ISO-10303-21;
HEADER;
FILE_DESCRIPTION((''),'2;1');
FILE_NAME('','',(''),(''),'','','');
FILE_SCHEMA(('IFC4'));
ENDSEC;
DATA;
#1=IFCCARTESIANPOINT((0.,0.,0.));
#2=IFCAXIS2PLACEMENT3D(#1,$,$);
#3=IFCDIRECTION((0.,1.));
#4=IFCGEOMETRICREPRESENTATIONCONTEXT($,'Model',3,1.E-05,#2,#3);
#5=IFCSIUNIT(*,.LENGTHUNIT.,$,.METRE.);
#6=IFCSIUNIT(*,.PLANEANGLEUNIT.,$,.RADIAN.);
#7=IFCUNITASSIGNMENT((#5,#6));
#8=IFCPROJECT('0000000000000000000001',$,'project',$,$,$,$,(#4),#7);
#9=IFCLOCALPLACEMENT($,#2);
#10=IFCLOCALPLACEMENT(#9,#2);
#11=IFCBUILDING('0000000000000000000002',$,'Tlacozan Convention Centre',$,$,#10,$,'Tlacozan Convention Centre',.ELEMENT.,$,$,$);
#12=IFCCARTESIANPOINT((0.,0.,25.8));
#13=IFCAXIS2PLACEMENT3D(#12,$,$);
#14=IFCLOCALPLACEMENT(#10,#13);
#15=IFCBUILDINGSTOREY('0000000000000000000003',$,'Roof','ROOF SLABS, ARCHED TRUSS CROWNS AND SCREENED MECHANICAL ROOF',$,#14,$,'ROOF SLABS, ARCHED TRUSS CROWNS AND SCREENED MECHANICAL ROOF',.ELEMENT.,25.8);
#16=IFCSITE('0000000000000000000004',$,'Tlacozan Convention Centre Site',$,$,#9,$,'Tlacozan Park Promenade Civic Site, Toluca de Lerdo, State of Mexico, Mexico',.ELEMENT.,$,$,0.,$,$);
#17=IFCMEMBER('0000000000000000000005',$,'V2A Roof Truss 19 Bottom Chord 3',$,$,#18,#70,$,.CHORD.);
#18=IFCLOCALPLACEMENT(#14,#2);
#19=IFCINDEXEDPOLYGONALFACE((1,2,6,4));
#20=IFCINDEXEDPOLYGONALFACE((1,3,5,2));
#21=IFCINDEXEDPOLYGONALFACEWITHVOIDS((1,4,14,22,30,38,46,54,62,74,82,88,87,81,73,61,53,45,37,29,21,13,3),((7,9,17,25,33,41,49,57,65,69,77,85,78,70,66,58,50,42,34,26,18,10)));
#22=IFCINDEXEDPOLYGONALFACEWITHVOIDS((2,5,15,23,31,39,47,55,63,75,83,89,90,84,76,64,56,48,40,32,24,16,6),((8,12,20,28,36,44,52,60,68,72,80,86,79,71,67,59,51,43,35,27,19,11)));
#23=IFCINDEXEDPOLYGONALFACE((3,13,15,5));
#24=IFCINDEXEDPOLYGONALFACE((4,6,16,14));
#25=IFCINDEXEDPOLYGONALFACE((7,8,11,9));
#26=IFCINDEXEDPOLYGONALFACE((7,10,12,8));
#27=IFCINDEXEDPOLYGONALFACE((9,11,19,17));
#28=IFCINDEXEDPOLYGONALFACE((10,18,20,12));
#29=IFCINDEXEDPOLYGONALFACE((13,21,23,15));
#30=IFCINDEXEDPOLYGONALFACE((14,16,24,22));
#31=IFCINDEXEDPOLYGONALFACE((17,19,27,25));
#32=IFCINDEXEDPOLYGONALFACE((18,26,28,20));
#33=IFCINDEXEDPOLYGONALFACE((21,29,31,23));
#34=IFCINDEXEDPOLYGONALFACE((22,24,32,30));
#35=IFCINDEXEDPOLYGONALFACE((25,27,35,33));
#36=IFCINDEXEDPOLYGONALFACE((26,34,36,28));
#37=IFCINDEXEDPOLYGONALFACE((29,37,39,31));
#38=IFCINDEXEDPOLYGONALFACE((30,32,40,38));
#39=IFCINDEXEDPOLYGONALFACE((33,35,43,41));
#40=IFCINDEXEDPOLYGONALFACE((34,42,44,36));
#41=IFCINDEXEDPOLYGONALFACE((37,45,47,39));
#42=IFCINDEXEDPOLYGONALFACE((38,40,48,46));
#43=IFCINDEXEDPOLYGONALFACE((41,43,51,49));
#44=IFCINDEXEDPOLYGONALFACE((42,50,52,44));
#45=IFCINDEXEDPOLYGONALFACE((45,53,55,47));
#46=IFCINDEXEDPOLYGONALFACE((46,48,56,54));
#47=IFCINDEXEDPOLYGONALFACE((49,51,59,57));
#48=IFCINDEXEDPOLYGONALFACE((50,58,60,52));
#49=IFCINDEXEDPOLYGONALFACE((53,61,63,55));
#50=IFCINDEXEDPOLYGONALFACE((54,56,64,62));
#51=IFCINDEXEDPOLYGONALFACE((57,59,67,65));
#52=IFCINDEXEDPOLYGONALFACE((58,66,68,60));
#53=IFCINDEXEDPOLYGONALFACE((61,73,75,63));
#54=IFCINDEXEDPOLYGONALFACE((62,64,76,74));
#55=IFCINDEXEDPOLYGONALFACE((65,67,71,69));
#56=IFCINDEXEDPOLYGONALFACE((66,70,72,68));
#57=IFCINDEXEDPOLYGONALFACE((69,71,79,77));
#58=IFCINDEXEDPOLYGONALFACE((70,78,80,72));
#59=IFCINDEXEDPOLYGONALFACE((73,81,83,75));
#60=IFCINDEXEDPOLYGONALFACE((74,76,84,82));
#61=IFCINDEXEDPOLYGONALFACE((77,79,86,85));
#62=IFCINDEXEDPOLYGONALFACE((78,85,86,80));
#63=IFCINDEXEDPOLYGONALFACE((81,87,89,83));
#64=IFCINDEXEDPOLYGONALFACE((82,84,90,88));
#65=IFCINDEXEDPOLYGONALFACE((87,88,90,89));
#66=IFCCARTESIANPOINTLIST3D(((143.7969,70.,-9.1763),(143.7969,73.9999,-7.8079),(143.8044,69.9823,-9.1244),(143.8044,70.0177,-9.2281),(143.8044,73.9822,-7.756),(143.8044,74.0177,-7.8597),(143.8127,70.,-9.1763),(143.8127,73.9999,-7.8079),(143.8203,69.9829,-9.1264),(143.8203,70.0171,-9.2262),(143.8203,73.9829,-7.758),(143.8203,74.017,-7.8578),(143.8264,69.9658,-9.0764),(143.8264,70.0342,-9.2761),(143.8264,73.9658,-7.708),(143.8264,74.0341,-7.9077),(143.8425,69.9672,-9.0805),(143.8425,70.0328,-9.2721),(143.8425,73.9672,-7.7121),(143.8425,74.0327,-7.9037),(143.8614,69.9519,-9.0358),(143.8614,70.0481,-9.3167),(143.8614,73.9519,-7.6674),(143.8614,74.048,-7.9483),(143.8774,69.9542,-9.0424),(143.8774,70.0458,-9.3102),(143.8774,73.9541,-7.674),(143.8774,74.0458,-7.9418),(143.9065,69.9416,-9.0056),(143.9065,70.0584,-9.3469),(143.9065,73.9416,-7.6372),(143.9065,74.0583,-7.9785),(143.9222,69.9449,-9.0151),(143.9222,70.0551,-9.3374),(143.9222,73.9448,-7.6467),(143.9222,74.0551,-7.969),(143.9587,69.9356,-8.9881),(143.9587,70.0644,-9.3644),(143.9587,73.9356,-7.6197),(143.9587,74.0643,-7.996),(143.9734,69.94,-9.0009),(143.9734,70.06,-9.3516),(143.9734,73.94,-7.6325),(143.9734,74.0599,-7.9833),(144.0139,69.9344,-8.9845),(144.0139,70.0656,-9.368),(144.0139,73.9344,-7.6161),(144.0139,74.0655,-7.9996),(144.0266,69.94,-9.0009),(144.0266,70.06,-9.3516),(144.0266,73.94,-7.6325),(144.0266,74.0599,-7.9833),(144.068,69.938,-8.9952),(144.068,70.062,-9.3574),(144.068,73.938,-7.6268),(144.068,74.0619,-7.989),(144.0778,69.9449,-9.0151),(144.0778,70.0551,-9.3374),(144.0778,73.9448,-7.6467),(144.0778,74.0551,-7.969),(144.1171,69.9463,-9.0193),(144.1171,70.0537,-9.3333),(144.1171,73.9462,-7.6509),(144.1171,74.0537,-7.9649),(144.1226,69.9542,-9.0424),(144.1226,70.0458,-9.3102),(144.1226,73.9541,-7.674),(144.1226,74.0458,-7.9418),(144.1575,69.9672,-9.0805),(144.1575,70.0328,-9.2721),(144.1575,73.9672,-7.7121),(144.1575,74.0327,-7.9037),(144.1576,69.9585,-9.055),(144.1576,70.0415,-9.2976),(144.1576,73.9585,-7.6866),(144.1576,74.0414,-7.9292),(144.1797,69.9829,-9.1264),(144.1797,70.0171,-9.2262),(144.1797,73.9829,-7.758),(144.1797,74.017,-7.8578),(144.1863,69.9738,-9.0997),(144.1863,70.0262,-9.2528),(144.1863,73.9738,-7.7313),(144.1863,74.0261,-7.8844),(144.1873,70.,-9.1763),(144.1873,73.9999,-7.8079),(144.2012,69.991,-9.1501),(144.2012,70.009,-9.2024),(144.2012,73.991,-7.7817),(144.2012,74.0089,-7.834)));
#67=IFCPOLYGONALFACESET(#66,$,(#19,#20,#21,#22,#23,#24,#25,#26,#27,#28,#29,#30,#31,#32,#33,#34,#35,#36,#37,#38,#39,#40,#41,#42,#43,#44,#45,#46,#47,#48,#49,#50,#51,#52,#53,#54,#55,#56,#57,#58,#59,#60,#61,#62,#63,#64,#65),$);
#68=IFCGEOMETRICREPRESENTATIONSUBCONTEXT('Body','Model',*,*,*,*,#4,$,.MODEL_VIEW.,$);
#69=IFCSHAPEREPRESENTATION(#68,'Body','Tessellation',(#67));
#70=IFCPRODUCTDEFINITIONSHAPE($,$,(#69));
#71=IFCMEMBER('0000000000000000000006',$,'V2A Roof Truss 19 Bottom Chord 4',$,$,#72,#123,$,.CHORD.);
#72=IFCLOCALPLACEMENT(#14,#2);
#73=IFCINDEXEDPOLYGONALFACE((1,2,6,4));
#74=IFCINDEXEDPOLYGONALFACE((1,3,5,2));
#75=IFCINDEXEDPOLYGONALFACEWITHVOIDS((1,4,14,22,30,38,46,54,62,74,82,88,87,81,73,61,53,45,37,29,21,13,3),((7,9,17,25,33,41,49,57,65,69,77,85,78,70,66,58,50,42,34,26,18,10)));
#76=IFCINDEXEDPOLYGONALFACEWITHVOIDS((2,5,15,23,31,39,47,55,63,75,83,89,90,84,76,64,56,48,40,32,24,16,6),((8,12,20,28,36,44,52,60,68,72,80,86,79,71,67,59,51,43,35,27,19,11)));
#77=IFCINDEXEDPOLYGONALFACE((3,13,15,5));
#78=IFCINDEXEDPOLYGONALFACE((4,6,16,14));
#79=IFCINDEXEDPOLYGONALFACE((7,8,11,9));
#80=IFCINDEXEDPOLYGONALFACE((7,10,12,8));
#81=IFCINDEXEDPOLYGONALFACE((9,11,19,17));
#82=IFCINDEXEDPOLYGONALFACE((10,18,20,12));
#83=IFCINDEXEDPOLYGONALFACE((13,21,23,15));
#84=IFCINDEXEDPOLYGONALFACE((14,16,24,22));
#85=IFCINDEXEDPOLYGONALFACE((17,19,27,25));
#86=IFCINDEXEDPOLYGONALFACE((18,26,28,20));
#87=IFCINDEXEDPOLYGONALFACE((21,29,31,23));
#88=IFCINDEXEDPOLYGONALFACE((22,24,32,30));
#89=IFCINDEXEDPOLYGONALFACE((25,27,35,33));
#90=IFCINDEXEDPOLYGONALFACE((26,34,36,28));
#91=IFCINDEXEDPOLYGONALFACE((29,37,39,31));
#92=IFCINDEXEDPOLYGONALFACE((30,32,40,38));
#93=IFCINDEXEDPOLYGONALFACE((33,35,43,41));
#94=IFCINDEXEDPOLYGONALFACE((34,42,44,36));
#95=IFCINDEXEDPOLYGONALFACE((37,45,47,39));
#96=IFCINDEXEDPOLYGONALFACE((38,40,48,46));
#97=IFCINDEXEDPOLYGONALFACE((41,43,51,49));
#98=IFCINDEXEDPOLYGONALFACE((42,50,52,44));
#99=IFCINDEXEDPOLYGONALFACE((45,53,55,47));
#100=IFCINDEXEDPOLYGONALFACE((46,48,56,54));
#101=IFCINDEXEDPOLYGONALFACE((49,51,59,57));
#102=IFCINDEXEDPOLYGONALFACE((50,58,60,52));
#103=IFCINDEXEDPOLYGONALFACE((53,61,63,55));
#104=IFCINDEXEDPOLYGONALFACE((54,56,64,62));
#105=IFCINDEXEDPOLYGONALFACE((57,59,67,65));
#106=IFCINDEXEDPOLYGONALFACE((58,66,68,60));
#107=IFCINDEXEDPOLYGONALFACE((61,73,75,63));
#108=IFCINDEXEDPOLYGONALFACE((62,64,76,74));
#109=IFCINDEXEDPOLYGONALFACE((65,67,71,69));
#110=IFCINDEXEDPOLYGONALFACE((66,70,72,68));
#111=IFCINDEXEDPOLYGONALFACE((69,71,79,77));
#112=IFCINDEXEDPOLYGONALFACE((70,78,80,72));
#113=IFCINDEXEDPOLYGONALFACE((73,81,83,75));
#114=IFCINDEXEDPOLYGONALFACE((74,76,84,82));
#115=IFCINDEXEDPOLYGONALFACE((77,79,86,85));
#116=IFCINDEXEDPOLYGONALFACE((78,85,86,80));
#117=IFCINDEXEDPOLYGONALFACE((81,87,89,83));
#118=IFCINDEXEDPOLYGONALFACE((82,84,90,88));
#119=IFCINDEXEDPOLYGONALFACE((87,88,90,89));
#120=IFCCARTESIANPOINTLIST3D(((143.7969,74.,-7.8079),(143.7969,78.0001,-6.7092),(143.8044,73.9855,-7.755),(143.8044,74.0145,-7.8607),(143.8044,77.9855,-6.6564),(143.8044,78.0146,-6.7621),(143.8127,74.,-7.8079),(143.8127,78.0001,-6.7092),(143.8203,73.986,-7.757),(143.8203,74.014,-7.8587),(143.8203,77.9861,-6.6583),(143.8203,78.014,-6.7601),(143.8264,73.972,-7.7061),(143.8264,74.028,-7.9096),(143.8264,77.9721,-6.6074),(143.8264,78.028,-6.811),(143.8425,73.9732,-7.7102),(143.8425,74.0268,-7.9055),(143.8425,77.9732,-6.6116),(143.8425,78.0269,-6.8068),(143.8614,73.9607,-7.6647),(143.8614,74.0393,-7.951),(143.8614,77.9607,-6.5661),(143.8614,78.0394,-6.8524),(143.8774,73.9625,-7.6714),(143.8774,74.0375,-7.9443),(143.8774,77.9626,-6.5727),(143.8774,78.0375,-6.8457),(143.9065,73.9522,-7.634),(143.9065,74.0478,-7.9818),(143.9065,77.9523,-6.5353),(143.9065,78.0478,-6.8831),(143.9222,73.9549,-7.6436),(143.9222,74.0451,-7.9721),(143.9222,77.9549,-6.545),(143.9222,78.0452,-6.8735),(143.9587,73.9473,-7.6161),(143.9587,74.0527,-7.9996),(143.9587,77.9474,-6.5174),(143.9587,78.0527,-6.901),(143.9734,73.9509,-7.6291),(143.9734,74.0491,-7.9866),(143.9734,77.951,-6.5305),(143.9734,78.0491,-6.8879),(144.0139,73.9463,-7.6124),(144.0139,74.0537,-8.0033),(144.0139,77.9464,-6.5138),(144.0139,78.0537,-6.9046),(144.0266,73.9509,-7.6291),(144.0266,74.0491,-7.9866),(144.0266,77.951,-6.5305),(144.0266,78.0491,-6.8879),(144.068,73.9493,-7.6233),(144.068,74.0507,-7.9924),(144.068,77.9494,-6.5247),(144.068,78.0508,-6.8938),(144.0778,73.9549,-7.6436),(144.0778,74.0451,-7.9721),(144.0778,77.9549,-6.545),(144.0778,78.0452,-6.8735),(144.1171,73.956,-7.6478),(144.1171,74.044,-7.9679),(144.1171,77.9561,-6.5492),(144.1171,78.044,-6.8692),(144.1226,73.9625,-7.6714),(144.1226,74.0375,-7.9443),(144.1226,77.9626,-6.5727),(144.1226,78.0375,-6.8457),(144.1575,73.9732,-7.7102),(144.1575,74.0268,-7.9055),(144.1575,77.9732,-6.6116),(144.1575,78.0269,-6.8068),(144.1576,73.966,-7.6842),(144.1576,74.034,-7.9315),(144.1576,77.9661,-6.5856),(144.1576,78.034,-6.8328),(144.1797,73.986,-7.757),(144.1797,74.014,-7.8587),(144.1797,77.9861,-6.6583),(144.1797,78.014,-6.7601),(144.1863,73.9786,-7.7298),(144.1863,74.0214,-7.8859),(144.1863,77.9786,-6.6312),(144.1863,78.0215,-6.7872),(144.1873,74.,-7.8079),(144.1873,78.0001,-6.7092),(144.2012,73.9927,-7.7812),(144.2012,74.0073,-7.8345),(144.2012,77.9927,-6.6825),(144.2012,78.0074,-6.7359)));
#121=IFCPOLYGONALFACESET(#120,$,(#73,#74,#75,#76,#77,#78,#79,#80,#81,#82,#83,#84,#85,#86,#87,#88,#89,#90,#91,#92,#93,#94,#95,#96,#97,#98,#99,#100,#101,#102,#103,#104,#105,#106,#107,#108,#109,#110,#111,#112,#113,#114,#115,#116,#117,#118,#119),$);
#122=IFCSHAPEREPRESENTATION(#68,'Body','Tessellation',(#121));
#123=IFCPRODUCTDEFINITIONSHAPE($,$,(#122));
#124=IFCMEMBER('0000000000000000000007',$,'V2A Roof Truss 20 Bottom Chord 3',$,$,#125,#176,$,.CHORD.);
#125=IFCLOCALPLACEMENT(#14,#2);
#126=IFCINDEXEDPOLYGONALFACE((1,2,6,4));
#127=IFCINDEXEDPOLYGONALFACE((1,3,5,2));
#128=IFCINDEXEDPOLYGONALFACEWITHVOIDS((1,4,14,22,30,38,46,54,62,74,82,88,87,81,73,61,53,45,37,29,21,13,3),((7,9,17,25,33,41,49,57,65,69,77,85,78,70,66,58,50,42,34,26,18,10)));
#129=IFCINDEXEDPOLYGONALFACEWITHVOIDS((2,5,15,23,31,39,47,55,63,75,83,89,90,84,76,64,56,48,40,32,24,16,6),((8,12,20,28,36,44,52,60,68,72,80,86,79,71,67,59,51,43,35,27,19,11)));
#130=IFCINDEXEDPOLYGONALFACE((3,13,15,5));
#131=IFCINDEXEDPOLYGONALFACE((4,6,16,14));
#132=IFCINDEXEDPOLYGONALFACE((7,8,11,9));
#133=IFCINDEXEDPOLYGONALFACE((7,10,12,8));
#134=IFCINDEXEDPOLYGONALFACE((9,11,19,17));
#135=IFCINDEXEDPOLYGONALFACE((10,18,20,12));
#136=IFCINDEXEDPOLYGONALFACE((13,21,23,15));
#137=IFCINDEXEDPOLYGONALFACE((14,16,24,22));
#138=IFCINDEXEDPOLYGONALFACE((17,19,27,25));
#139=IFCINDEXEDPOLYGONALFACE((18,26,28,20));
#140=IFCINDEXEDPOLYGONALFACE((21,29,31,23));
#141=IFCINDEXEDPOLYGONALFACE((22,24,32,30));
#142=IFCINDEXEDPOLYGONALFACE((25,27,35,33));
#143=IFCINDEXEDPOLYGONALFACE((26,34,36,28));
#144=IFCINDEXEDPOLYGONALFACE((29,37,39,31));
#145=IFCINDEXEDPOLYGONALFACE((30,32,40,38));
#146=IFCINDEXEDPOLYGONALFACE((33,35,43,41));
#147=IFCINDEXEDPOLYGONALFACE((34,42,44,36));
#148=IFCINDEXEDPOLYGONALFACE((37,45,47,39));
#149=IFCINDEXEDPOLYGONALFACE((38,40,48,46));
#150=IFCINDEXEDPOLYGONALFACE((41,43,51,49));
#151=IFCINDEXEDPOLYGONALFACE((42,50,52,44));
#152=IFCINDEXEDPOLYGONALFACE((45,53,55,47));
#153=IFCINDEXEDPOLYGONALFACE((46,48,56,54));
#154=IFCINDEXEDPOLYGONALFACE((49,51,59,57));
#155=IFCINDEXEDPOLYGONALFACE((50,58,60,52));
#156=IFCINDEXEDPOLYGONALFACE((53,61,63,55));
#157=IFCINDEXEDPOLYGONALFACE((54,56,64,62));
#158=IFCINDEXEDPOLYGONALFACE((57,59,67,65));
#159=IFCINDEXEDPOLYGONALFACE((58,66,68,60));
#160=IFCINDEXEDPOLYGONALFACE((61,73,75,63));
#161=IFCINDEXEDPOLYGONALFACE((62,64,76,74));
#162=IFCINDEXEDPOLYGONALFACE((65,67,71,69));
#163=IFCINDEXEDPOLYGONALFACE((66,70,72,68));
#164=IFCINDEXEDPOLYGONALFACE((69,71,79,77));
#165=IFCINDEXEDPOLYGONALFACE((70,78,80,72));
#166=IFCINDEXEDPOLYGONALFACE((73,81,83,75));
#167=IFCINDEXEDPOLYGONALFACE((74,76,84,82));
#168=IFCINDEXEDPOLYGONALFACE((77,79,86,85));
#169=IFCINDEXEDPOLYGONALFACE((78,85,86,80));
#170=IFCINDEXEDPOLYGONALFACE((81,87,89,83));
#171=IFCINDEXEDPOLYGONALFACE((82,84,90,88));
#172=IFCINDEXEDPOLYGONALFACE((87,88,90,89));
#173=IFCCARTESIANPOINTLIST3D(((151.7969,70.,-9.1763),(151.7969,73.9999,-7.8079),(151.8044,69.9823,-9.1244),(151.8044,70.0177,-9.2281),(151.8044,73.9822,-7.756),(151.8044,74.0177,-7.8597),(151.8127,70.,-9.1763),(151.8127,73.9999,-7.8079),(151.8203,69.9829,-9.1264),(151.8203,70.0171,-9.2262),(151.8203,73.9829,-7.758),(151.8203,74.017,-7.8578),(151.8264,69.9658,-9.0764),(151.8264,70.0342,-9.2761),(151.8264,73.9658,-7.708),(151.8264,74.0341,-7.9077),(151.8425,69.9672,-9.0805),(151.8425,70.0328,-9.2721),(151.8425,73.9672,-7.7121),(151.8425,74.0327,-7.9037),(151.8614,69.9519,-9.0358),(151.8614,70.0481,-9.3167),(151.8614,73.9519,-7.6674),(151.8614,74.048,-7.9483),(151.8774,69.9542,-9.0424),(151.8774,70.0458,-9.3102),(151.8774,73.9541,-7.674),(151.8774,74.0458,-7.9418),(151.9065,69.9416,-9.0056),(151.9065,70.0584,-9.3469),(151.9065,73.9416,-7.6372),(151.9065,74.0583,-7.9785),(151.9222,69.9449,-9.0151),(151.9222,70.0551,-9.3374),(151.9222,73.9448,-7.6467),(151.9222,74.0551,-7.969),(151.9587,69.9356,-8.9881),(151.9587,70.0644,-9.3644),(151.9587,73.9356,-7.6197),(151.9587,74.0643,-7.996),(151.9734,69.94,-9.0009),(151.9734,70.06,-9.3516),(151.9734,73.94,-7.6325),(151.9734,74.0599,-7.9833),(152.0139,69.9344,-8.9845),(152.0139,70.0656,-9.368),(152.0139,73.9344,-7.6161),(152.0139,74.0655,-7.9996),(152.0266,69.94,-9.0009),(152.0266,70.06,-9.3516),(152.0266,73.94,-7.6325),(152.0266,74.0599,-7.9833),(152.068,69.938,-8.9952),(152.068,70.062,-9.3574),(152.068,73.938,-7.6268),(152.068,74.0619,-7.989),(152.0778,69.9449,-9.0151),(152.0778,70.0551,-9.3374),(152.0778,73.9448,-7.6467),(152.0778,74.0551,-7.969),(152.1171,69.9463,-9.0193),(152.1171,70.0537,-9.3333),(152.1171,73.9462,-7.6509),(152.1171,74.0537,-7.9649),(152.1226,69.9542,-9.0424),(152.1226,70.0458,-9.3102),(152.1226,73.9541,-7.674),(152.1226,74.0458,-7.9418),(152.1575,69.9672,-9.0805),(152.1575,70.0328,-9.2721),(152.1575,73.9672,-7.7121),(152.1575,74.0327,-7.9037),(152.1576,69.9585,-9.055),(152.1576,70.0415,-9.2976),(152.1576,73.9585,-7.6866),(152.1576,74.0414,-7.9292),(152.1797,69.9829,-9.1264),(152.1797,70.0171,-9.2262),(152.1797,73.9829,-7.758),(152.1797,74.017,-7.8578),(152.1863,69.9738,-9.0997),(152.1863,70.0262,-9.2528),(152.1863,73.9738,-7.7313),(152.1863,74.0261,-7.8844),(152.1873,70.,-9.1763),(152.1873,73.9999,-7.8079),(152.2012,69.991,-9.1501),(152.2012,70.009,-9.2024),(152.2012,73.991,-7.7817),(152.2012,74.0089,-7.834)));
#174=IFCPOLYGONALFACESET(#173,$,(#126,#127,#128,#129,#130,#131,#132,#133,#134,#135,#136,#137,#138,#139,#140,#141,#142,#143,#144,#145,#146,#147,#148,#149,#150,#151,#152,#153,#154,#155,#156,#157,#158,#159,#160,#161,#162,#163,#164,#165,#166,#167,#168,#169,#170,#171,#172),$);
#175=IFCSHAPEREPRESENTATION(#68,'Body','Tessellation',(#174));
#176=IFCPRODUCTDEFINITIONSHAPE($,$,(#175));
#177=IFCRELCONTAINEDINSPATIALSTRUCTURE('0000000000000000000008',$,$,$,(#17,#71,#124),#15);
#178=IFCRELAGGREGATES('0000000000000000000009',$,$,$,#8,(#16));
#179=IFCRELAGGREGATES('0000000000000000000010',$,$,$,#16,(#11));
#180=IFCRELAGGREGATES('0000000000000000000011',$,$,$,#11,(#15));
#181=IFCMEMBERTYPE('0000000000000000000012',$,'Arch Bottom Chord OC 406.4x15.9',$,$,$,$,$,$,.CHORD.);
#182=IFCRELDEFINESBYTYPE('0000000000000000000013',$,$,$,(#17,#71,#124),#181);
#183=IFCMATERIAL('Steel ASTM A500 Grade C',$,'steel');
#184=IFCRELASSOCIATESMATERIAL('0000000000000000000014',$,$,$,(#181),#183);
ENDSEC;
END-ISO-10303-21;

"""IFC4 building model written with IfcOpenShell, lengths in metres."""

from ifc_helpers import new_model, si_unit, direction, frame, origin, origin_2d, place, context, subcontext, project, spatial, hollow_circle, extrude, material, material_profile, profile_set, type_object, element, save


model = new_model("IFC4")

# Units and contexts
model_context = context("Model", 3, precision=1e-05, world=origin(), true_north=direction((0.0, 1.0)))
body_context = subcontext(model_context, "Body", "Model", "MODEL_VIEW")
ifc_project = project(units=[si_unit("LENGTHUNIT", "METRE"), si_unit("PLANEANGLEUNIT", "RADIAN")], contexts=[model_context])

# Site, building, storey
site_placement = place(None, origin())
site = spatial("IfcSite", under=ifc_project, at=site_placement, Name="Tlacozan Convention Centre Site", LongName="Tlacozan Park Promenade Civic Site, Toluca de Lerdo, State of Mexico, Mexico", CompositionType="ELEMENT", RefElevation=0.0)
building_placement = place(site_placement, origin())
building = spatial("IfcBuilding", under=site, at=building_placement, Name="Tlacozan Convention Centre", LongName="Tlacozan Convention Centre", CompositionType="ELEMENT")
storey_placement = place(building_placement, frame((0.0, 0.0, 25.8)))
storey = spatial("IfcBuildingStorey", under=building, at=storey_placement, Name="Roof", Description="ROOF SLABS, ARCHED TRUSS CROWNS AND SCREENED MECHANICAL ROOF", LongName="ROOF SLABS, ARCHED TRUSS CROWNS AND SCREENED MECHANICAL ROOF", CompositionType="ELEMENT", Elevation=25.8)

# Members
ifc_material_1 = material(Name="Steel ASTM A500 Grade C", Category="steel")
ifc_material_profile_1 = material_profile(ifc_material_1, hollow_circle(Radius=0.2031, WallThickness=0.0159, at=origin_2d()), Name="OC 406.4x15.9")
ifc_profile_set_1 = profile_set([ifc_material_profile_1], Name="Steel ASTM A500 Grade C")
member_type_1 = type_object("IfcMemberType", Name="Arch Bottom Chord OC 406.4x15.9", PredefinedType="CHORD", material=ifc_profile_set_1)
member_1_placement = place(storey_placement, frame((144.0, 70.0, -9.1763), z_axis=(0.0, 0.946165, 0.323685), x_axis=(-1.0, 0.0, 0.0)))
element("IfcMember", 1, at=member_1_placement, inside=storey, type_object=member_type_1, Name="V2A Roof Truss 19 Bottom Chord 3", PredefinedType="CHORD", context=body_context, shape_type="SweptSolid", body=[
    extrude(hollow_circle(Radius=0.2031, WallThickness=0.0159, at=origin_2d()), origin(), (0.0, 0.0, 1.0), 4.2275),
])
member_2_placement = place(storey_placement, frame((144.0, 74.0, -7.8079), z_axis=(0.0, 0.96429, 0.26485), x_axis=(-1.0, 0.0, 0.0)))
element("IfcMember", 2, at=member_2_placement, inside=storey, type_object=member_type_1, Name="V2A Roof Truss 19 Bottom Chord 4", PredefinedType="CHORD", context=body_context, shape_type="SweptSolid", body=[
    extrude(hollow_circle(Radius=0.2031, WallThickness=0.0159, at=origin_2d()), origin(), (0.0, 0.0, 1.0), 4.1482),
])
member_3_placement = place(storey_placement, frame((152.0, 70.0, -9.1763), z_axis=(0.0, 0.946165, 0.323685), x_axis=(-1.0, 0.0, 0.0)))
element("IfcMember", 3, at=member_3_placement, inside=storey, type_object=member_type_1, Name="V2A Roof Truss 20 Bottom Chord 3", PredefinedType="CHORD", context=body_context, shape_type="SweptSolid", body=[
    extrude(hollow_circle(Radius=0.2031, WallThickness=0.0159, at=origin_2d()), origin(), (0.0, 0.0, 1.0), 4.2275),
])

save(model, "model.ifc")
